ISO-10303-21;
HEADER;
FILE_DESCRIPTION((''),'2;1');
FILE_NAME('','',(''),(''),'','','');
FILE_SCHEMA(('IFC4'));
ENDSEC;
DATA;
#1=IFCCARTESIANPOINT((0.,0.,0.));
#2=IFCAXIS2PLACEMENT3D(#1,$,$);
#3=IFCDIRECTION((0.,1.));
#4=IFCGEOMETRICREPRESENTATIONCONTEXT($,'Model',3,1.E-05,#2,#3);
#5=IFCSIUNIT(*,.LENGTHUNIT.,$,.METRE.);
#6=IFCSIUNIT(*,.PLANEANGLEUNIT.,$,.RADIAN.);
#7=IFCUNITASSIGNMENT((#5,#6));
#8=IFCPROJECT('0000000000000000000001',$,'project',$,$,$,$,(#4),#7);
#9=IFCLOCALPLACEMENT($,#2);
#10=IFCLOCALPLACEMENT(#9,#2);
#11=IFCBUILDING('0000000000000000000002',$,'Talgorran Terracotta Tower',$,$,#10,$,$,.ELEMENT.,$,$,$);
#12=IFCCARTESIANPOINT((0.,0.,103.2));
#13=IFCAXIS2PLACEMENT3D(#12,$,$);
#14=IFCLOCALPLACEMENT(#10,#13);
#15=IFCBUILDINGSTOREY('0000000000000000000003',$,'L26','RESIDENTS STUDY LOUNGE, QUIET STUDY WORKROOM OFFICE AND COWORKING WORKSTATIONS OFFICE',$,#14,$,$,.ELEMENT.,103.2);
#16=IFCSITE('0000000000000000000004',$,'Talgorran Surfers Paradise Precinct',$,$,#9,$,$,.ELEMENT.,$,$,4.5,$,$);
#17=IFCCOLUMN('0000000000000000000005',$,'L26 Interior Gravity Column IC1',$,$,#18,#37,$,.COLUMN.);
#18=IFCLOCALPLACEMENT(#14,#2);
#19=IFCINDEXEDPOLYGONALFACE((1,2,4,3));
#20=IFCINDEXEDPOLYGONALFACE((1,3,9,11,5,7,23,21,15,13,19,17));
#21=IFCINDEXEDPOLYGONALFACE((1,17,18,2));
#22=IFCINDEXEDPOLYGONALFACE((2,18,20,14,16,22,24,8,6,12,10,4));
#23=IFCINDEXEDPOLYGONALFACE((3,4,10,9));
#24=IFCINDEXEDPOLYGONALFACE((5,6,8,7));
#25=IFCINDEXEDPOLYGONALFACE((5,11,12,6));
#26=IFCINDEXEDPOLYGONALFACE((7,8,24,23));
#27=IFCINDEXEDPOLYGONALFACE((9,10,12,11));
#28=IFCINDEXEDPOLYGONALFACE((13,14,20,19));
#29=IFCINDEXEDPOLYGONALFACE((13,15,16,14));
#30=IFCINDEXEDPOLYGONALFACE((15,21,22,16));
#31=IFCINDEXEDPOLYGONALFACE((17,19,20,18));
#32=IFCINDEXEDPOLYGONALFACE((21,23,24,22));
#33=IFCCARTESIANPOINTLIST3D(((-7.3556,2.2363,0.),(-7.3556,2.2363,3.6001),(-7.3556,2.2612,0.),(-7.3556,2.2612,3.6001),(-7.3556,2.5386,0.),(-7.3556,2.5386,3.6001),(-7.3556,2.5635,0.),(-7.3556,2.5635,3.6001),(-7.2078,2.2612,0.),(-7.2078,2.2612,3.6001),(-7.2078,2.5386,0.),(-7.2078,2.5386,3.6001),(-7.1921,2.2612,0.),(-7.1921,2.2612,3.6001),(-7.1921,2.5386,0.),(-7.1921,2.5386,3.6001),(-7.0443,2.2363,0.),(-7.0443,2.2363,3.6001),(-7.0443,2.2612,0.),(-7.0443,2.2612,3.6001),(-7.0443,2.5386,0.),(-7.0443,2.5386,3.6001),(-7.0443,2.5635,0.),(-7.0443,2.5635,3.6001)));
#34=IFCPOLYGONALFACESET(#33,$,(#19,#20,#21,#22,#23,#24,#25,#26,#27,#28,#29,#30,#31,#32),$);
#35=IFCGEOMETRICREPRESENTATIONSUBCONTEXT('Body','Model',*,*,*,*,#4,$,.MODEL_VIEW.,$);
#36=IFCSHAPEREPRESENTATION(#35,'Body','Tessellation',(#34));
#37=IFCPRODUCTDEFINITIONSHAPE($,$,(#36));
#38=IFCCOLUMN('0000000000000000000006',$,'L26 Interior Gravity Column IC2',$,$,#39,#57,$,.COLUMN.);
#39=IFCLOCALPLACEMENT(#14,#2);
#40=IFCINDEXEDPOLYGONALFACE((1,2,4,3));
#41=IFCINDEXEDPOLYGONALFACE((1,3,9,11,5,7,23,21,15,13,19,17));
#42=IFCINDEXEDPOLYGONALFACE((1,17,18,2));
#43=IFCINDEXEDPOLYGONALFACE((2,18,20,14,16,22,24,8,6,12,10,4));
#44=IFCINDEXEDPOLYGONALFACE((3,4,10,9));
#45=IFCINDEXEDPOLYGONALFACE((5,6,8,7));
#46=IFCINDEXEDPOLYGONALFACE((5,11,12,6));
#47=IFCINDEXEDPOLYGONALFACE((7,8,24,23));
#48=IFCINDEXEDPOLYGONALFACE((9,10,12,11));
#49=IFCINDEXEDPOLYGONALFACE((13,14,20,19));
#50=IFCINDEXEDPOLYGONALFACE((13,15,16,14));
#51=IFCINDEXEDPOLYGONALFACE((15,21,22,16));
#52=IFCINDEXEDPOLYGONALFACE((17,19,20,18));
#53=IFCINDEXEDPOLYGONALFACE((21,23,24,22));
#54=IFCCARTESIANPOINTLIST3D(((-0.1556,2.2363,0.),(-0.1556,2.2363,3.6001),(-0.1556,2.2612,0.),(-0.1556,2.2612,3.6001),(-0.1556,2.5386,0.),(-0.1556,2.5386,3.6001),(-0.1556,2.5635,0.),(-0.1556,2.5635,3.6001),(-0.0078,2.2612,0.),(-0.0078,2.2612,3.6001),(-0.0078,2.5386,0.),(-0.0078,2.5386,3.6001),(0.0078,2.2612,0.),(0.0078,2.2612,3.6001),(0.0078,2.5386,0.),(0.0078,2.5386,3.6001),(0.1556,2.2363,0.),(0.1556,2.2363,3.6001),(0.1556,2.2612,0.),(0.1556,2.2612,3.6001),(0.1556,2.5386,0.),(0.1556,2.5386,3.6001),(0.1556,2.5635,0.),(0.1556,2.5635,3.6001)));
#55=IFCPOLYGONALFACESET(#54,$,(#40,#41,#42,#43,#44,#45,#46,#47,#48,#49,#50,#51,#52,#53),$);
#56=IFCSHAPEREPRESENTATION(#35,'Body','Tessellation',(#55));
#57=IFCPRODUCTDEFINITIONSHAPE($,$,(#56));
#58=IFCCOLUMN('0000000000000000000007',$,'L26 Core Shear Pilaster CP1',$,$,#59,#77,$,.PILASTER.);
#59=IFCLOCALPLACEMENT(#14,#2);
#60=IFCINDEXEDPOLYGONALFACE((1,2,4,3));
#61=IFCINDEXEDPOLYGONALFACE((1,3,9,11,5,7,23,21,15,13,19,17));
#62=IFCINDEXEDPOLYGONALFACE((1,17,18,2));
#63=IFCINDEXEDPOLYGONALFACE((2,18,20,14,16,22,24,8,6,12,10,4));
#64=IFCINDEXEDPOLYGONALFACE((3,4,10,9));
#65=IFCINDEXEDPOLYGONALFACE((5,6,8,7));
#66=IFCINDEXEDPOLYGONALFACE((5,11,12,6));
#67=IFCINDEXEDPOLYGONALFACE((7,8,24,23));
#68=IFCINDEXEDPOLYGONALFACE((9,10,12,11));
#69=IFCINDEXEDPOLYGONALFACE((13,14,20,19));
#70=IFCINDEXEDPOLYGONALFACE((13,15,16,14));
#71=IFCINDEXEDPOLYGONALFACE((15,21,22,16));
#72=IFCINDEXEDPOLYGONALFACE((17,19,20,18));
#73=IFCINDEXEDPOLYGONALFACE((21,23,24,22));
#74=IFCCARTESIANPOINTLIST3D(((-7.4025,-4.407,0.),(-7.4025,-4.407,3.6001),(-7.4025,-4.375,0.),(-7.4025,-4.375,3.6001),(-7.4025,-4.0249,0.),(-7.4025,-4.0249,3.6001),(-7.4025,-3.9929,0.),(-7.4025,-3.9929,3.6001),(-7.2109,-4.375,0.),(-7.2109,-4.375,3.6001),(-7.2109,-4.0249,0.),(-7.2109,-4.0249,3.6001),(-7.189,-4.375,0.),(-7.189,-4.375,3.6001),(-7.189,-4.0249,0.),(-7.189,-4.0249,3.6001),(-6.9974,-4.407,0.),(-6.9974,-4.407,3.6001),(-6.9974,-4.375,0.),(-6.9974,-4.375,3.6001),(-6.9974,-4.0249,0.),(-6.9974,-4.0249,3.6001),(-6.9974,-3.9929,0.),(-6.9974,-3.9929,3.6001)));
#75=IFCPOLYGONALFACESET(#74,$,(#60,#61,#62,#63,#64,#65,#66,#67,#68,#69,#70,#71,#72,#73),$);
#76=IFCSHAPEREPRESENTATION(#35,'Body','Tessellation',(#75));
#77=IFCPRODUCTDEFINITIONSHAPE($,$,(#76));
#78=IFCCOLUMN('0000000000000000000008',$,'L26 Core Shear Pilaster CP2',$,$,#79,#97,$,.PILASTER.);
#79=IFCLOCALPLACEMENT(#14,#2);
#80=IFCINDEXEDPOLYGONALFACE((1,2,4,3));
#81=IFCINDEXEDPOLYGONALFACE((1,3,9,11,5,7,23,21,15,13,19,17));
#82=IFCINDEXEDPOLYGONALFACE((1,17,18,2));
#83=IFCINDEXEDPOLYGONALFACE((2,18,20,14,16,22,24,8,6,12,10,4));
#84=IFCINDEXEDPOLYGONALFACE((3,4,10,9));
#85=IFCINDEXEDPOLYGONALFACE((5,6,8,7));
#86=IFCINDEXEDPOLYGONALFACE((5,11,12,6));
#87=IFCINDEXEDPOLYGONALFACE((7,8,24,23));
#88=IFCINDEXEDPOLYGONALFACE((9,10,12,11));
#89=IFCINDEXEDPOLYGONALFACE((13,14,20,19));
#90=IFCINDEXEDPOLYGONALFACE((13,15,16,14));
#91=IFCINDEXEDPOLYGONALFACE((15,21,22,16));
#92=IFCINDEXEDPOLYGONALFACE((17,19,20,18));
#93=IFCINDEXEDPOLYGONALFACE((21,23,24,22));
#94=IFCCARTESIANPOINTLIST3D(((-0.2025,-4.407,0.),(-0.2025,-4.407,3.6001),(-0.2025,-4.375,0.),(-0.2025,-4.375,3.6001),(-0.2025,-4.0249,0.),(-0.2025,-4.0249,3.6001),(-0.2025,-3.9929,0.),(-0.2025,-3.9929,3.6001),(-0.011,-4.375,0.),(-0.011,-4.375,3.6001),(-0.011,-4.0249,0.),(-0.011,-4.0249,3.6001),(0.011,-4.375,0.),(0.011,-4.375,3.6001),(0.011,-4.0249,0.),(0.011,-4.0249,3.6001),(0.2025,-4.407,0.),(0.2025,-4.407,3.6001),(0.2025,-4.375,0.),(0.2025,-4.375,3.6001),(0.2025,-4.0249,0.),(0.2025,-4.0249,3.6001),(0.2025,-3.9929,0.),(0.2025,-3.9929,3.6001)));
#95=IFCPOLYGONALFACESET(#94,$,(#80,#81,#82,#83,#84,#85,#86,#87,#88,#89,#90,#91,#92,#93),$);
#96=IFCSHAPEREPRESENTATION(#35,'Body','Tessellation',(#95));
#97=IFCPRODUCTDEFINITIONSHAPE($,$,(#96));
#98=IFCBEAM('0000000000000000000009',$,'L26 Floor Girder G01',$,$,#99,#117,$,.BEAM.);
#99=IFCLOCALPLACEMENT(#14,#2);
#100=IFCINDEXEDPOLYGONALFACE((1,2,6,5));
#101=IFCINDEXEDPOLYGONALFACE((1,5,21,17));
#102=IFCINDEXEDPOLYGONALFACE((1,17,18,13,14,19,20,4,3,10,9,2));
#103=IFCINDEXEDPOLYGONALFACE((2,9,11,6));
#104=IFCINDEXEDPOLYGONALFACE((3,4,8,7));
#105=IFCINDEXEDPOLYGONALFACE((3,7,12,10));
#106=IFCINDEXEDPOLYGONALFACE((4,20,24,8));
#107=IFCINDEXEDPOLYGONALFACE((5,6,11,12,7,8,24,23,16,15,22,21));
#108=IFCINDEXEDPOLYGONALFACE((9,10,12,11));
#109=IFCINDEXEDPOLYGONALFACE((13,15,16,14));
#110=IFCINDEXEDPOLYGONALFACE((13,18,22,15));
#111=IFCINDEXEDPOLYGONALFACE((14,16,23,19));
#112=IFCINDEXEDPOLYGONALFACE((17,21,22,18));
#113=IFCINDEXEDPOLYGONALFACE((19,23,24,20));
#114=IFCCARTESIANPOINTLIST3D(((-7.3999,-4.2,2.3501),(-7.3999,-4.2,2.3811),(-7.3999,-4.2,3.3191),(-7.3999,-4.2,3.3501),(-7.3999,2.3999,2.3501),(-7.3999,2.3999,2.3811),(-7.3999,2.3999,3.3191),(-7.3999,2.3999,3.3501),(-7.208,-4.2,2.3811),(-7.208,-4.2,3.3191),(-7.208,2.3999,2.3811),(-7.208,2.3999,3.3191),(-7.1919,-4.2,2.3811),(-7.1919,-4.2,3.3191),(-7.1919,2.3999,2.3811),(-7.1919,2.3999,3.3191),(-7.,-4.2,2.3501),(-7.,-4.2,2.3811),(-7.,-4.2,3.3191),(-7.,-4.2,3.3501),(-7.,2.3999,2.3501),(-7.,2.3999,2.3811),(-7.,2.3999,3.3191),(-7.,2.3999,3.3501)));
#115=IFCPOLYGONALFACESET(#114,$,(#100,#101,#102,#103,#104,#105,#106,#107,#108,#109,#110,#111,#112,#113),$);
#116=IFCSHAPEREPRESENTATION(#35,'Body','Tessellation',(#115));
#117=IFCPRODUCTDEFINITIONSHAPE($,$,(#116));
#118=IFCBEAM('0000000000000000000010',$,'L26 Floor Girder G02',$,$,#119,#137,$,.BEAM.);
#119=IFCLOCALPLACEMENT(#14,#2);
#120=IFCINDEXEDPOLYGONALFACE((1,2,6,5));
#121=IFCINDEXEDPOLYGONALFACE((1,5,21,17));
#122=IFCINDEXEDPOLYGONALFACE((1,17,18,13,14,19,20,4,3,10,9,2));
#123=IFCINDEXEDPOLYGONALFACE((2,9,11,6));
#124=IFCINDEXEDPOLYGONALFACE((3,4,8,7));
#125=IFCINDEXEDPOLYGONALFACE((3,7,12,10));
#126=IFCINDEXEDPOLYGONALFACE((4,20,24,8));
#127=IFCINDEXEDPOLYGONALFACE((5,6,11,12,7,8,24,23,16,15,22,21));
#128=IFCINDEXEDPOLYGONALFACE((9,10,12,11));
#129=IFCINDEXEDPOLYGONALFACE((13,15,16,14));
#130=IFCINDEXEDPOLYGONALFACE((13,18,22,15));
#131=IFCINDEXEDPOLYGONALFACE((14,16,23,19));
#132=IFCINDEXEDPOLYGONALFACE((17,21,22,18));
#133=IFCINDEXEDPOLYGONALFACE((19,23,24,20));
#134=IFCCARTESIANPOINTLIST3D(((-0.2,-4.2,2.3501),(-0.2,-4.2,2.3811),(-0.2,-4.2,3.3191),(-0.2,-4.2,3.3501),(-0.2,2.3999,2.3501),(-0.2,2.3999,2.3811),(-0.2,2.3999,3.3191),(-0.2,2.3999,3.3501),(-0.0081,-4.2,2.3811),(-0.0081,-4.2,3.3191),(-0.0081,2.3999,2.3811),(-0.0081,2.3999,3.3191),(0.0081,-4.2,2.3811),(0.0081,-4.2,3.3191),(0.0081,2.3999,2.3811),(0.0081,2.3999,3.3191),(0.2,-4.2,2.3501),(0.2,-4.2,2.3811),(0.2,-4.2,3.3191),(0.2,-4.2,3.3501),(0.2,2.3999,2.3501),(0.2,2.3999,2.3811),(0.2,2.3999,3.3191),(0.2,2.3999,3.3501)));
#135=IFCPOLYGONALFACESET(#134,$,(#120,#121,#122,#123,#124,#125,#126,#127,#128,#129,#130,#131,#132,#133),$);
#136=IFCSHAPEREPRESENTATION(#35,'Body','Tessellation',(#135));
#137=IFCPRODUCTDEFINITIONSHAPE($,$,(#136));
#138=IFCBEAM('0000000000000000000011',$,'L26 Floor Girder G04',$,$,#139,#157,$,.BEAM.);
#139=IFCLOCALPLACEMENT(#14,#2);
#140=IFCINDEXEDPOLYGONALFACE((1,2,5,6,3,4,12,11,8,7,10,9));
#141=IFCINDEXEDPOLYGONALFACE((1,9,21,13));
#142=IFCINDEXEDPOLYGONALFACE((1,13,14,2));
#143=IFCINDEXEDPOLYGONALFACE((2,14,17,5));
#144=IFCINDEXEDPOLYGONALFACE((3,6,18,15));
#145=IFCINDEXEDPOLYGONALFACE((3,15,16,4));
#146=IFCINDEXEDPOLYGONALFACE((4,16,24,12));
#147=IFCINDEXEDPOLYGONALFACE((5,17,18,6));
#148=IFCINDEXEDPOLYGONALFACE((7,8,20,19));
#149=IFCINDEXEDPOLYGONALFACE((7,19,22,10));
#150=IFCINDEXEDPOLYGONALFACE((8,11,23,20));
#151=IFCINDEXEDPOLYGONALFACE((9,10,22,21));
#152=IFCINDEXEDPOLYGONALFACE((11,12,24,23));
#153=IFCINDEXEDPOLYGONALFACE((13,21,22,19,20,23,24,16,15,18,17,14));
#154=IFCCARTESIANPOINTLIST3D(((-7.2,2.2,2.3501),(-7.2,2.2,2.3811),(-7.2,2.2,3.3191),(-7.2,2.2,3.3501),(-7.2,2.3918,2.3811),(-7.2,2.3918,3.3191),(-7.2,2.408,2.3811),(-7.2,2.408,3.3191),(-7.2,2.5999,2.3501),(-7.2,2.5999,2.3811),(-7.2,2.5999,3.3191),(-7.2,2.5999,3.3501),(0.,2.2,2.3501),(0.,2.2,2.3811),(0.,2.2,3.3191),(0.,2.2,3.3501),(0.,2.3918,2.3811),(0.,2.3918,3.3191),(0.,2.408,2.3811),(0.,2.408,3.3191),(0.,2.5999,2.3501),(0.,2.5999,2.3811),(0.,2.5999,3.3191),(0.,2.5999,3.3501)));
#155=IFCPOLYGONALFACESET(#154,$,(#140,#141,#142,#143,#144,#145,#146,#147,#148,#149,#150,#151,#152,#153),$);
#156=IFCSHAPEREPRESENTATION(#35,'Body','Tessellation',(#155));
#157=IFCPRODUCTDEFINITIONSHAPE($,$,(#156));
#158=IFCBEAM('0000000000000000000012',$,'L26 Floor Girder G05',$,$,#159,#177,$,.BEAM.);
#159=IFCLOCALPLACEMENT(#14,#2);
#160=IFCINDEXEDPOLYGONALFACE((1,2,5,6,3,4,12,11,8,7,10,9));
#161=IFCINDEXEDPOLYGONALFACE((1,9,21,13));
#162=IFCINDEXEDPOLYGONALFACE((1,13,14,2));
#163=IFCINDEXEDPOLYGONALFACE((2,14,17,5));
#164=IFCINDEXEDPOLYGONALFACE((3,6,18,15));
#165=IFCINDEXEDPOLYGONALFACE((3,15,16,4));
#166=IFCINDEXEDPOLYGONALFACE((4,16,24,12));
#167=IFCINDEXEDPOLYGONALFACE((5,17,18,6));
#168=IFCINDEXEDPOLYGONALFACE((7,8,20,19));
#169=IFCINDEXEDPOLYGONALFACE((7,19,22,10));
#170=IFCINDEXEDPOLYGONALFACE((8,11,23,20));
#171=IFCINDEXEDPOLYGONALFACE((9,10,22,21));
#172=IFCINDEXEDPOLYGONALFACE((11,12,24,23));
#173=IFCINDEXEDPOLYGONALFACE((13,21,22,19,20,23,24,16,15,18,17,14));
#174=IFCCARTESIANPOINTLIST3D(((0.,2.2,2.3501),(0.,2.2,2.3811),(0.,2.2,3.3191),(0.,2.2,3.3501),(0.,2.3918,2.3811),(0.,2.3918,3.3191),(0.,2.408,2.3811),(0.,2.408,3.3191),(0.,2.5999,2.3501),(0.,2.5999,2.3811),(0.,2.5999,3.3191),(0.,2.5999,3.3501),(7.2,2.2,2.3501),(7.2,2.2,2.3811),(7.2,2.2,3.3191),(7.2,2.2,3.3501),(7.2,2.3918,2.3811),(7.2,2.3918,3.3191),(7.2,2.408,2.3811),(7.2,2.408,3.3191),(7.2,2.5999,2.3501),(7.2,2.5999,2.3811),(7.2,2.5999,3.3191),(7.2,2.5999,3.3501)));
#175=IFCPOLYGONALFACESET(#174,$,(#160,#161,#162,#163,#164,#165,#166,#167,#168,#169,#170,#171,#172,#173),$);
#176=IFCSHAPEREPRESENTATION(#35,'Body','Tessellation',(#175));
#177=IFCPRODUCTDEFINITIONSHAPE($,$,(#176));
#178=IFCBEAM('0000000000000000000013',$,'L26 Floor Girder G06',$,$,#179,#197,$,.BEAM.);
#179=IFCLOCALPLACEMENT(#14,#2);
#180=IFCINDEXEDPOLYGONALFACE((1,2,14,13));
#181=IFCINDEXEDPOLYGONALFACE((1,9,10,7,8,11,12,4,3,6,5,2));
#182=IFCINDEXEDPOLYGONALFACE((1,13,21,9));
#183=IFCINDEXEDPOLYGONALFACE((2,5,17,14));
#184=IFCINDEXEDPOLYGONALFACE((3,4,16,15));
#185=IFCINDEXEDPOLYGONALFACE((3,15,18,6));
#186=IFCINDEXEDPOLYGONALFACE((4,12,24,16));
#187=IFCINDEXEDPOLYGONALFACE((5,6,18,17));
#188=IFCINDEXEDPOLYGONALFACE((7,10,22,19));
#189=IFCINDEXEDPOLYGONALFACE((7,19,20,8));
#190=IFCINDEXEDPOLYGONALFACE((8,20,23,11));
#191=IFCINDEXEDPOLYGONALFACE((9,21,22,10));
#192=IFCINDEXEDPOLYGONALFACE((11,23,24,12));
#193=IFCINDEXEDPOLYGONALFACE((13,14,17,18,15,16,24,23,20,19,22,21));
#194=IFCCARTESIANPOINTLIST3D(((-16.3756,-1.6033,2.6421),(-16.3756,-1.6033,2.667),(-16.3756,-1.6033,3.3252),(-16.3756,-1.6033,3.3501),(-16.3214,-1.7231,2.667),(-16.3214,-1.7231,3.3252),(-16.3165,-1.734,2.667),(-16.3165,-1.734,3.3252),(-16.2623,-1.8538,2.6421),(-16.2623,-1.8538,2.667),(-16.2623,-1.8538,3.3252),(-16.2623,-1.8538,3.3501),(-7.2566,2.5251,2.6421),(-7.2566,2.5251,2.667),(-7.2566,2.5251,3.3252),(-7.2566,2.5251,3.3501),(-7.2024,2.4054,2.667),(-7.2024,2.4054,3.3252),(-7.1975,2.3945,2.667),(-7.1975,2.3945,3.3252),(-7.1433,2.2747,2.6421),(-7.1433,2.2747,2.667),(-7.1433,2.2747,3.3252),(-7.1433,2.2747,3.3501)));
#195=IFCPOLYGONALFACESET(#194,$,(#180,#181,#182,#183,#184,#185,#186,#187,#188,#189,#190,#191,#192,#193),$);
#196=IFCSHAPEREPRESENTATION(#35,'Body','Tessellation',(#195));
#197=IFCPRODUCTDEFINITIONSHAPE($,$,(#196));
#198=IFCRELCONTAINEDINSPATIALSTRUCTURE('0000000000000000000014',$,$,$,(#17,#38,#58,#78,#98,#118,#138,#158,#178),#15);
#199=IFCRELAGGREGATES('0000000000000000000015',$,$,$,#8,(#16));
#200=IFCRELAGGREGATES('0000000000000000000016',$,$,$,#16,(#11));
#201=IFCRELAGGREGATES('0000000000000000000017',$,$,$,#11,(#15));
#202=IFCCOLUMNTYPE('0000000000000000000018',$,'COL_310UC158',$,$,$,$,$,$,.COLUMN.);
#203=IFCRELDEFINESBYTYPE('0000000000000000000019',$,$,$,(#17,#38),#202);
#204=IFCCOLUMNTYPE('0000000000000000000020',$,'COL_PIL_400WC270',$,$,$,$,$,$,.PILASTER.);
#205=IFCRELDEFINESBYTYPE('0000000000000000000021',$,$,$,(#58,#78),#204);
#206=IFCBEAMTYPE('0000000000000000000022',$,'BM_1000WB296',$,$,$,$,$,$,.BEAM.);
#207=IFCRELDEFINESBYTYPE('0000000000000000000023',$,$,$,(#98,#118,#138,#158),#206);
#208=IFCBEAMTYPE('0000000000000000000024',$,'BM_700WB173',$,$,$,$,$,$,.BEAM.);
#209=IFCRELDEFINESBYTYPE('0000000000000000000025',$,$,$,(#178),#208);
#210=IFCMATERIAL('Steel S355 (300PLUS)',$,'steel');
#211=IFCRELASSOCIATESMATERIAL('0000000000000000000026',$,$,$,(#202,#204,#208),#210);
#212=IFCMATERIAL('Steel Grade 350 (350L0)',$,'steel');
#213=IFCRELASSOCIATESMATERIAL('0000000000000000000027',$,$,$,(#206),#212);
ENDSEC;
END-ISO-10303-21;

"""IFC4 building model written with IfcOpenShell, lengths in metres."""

from ifc_helpers import new_model, si_unit, direction, frame, origin, origin_2d, place, context, subcontext, project, spatial, i_section, extrude, material, material_profile, profile_set, type_object, element, save


model = new_model("IFC4")

# Units and contexts
model_context = context("Model", 3, precision=1e-05, world=origin(), true_north=direction((0.0, 1.0)))
body_context = subcontext(model_context, "Body", "Model", "MODEL_VIEW")
ifc_project = project(units=[si_unit("LENGTHUNIT", "METRE"), si_unit("PLANEANGLEUNIT", "RADIAN")], contexts=[model_context])

# Site, building, storey
site_placement = place(None, origin())
site = spatial("IfcSite", under=ifc_project, at=site_placement, Name="Talgorran Surfers Paradise Precinct", CompositionType="ELEMENT", RefElevation=4.5)
building_placement = place(site_placement, origin())
building = spatial("IfcBuilding", under=site, at=building_placement, Name="Talgorran Terracotta Tower", CompositionType="ELEMENT")
storey_placement = place(building_placement, frame((0.0, 0.0, 103.2)))
storey = spatial("IfcBuildingStorey", under=building, at=storey_placement, Name="L26", Description="RESIDENTS STUDY LOUNGE, QUIET STUDY WORKROOM OFFICE AND COWORKING WORKSTATIONS OFFICE", CompositionType="ELEMENT", Elevation=103.2)

# Columns
ifc_material_1 = material(Name="Steel S355 (300PLUS)", Category="steel")
ifc_material_profile_1 = material_profile(ifc_material_1, i_section(OverallWidth=0.3113, OverallDepth=0.3271, WebThickness=0.0156, FlangeThickness=0.0249, at=origin_2d()), Name="310UC158")
ifc_profile_set_1 = profile_set([ifc_material_profile_1], Name="Steel S355 (300PLUS)")
column_type_1 = type_object("IfcColumnType", Name="COL_310UC158", PredefinedType="COLUMN", material=ifc_profile_set_1)
for number, where, z_axis, x_axis, name in (
    (1, (-7.2, 2.3999, 0.0), (0.0, 0.0, 1.0), (1.0, 0.0, 0.0), "L26 Interior Gravity Column IC1"),
    (2, (0.0, 2.3999, 0.0), (0.0, 0.0, 1.0), (1.0, 0.0, 0.0), "L26 Interior Gravity Column IC2"),
):
    element("IfcColumn", number, at=place(storey_placement, frame(where, z_axis=z_axis, x_axis=x_axis)), inside=storey, type_object=column_type_1, Name=name, PredefinedType="COLUMN", context=body_context, shape_type="SweptSolid", body=[
        extrude(i_section(OverallWidth=0.3113, OverallDepth=0.3271, WebThickness=0.0156, FlangeThickness=0.0249, at=origin_2d()), origin(), (0.0, 0.0, 1.0), 3.6001),
    ])
ifc_material_profile_2 = material_profile(ifc_material_1, i_section(OverallWidth=0.405, OverallDepth=0.4141, WebThickness=0.022, FlangeThickness=0.032, at=origin_2d()), Name="400WC270")
ifc_profile_set_2 = profile_set([ifc_material_profile_2], Name="Steel S355 (300PLUS)")
column_type_2 = type_object("IfcColumnType", Name="COL_PIL_400WC270", PredefinedType="PILASTER", material=ifc_profile_set_2)
for number, where, z_axis, x_axis, name in (
    (3, (-7.2, -4.2, 0.0), (0.0, 0.0, 1.0), (1.0, 0.0, 0.0), "L26 Core Shear Pilaster CP1"),
    (4, (0.0, -4.2, 0.0), (0.0, 0.0, 1.0), (1.0, 0.0, 0.0), "L26 Core Shear Pilaster CP2"),
):
    element("IfcColumn", number, at=place(storey_placement, frame(where, z_axis=z_axis, x_axis=x_axis)), inside=storey, type_object=column_type_2, Name=name, PredefinedType="PILASTER", context=body_context, shape_type="SweptSolid", body=[
        extrude(i_section(OverallWidth=0.405, OverallDepth=0.4141, WebThickness=0.022, FlangeThickness=0.032, at=origin_2d()), origin(), (0.0, 0.0, 1.0), 3.6001),
    ])

# Beams
ifc_material_2 = material(Name="Steel Grade 350 (350L0)", Category="steel")
ifc_material_profile_3 = material_profile(ifc_material_2, i_section(OverallWidth=0.3999, OverallDepth=1.0, WebThickness=0.0161, FlangeThickness=0.031, at=origin_2d()), Name="1000WB296")
ifc_profile_set_3 = profile_set([ifc_material_profile_3], Name="Steel Grade 350 (350L0)")
beam_type_1 = type_object("IfcBeamType", Name="BM_1000WB296", PredefinedType="BEAM", material=ifc_profile_set_3)
for number, where, z_axis, x_axis, name in (
    (5, (-7.2, -4.2, 2.8501), (0.0, 1.0, 0.0), (-1.0, 0.0, 0.0), "L26 Floor Girder G01"),
    (6, (0.0, -4.2, 2.8501), (0.0, 1.0, 0.0), (-1.0, 0.0, 0.0), "L26 Floor Girder G02"),
):
    element("IfcBeam", number, at=place(storey_placement, frame(where, z_axis=z_axis, x_axis=x_axis)), inside=storey, type_object=beam_type_1, Name=name, PredefinedType="BEAM", context=body_context, shape_type="SweptSolid", body=[
        extrude(i_section(OverallWidth=0.3999, OverallDepth=1.0, WebThickness=0.0161, FlangeThickness=0.031, at=origin_2d()), origin(), (0.0, 0.0, 1.0), 6.5999),
    ])
for number, where, z_axis, x_axis, name in (
    (7, (-7.2, 2.3999, 2.8501), (1.0, 0.0, 0.0), (0.0, 1.0, 0.0), "L26 Floor Girder G04"),
    (8, (0.0, 2.3999, 2.8501), (1.0, 0.0, 0.0), (0.0, 1.0, 0.0), "L26 Floor Girder G05"),
):
    element("IfcBeam", number, at=place(storey_placement, frame(where, z_axis=z_axis, x_axis=x_axis)), inside=storey, type_object=beam_type_1, Name=name, PredefinedType="BEAM", context=body_context, shape_type="SweptSolid", body=[
        extrude(i_section(OverallWidth=0.3999, OverallDepth=1.0, WebThickness=0.0161, FlangeThickness=0.031, at=origin_2d()), origin(), (0.0, 0.0, 1.0), 7.2),
    ])
ifc_material_profile_4 = material_profile(ifc_material_1, i_section(OverallWidth=0.2749, OverallDepth=0.708, WebThickness=0.012, FlangeThickness=0.0249, at=origin_2d()), Name="700WB173")
ifc_profile_set_4 = profile_set([ifc_material_profile_4], Name="Steel S355 (300PLUS)")
beam_type_2 = type_object("IfcBeamType", Name="BM_700WB173", PredefinedType="BEAM", material=ifc_profile_set_4)
beam_1_placement = place(storey_placement, frame((-7.2, 2.3999, 2.9961), z_axis=(-0.910988, -0.412433, 0.0), x_axis=(0.412433, -0.910988, 0.0)))
element("IfcBeam", 9, at=beam_1_placement, inside=storey, type_object=beam_type_2, Name="L26 Floor Girder G06", PredefinedType="BEAM", context=body_context, shape_type="SweptSolid", body=[
    extrude(i_section(OverallWidth=0.2749, OverallDepth=0.708, WebThickness=0.012, FlangeThickness=0.0249, at=origin_2d()), origin(), (0.0, 0.0, 1.0), 10.01),
])

save(model, "model.ifc")
